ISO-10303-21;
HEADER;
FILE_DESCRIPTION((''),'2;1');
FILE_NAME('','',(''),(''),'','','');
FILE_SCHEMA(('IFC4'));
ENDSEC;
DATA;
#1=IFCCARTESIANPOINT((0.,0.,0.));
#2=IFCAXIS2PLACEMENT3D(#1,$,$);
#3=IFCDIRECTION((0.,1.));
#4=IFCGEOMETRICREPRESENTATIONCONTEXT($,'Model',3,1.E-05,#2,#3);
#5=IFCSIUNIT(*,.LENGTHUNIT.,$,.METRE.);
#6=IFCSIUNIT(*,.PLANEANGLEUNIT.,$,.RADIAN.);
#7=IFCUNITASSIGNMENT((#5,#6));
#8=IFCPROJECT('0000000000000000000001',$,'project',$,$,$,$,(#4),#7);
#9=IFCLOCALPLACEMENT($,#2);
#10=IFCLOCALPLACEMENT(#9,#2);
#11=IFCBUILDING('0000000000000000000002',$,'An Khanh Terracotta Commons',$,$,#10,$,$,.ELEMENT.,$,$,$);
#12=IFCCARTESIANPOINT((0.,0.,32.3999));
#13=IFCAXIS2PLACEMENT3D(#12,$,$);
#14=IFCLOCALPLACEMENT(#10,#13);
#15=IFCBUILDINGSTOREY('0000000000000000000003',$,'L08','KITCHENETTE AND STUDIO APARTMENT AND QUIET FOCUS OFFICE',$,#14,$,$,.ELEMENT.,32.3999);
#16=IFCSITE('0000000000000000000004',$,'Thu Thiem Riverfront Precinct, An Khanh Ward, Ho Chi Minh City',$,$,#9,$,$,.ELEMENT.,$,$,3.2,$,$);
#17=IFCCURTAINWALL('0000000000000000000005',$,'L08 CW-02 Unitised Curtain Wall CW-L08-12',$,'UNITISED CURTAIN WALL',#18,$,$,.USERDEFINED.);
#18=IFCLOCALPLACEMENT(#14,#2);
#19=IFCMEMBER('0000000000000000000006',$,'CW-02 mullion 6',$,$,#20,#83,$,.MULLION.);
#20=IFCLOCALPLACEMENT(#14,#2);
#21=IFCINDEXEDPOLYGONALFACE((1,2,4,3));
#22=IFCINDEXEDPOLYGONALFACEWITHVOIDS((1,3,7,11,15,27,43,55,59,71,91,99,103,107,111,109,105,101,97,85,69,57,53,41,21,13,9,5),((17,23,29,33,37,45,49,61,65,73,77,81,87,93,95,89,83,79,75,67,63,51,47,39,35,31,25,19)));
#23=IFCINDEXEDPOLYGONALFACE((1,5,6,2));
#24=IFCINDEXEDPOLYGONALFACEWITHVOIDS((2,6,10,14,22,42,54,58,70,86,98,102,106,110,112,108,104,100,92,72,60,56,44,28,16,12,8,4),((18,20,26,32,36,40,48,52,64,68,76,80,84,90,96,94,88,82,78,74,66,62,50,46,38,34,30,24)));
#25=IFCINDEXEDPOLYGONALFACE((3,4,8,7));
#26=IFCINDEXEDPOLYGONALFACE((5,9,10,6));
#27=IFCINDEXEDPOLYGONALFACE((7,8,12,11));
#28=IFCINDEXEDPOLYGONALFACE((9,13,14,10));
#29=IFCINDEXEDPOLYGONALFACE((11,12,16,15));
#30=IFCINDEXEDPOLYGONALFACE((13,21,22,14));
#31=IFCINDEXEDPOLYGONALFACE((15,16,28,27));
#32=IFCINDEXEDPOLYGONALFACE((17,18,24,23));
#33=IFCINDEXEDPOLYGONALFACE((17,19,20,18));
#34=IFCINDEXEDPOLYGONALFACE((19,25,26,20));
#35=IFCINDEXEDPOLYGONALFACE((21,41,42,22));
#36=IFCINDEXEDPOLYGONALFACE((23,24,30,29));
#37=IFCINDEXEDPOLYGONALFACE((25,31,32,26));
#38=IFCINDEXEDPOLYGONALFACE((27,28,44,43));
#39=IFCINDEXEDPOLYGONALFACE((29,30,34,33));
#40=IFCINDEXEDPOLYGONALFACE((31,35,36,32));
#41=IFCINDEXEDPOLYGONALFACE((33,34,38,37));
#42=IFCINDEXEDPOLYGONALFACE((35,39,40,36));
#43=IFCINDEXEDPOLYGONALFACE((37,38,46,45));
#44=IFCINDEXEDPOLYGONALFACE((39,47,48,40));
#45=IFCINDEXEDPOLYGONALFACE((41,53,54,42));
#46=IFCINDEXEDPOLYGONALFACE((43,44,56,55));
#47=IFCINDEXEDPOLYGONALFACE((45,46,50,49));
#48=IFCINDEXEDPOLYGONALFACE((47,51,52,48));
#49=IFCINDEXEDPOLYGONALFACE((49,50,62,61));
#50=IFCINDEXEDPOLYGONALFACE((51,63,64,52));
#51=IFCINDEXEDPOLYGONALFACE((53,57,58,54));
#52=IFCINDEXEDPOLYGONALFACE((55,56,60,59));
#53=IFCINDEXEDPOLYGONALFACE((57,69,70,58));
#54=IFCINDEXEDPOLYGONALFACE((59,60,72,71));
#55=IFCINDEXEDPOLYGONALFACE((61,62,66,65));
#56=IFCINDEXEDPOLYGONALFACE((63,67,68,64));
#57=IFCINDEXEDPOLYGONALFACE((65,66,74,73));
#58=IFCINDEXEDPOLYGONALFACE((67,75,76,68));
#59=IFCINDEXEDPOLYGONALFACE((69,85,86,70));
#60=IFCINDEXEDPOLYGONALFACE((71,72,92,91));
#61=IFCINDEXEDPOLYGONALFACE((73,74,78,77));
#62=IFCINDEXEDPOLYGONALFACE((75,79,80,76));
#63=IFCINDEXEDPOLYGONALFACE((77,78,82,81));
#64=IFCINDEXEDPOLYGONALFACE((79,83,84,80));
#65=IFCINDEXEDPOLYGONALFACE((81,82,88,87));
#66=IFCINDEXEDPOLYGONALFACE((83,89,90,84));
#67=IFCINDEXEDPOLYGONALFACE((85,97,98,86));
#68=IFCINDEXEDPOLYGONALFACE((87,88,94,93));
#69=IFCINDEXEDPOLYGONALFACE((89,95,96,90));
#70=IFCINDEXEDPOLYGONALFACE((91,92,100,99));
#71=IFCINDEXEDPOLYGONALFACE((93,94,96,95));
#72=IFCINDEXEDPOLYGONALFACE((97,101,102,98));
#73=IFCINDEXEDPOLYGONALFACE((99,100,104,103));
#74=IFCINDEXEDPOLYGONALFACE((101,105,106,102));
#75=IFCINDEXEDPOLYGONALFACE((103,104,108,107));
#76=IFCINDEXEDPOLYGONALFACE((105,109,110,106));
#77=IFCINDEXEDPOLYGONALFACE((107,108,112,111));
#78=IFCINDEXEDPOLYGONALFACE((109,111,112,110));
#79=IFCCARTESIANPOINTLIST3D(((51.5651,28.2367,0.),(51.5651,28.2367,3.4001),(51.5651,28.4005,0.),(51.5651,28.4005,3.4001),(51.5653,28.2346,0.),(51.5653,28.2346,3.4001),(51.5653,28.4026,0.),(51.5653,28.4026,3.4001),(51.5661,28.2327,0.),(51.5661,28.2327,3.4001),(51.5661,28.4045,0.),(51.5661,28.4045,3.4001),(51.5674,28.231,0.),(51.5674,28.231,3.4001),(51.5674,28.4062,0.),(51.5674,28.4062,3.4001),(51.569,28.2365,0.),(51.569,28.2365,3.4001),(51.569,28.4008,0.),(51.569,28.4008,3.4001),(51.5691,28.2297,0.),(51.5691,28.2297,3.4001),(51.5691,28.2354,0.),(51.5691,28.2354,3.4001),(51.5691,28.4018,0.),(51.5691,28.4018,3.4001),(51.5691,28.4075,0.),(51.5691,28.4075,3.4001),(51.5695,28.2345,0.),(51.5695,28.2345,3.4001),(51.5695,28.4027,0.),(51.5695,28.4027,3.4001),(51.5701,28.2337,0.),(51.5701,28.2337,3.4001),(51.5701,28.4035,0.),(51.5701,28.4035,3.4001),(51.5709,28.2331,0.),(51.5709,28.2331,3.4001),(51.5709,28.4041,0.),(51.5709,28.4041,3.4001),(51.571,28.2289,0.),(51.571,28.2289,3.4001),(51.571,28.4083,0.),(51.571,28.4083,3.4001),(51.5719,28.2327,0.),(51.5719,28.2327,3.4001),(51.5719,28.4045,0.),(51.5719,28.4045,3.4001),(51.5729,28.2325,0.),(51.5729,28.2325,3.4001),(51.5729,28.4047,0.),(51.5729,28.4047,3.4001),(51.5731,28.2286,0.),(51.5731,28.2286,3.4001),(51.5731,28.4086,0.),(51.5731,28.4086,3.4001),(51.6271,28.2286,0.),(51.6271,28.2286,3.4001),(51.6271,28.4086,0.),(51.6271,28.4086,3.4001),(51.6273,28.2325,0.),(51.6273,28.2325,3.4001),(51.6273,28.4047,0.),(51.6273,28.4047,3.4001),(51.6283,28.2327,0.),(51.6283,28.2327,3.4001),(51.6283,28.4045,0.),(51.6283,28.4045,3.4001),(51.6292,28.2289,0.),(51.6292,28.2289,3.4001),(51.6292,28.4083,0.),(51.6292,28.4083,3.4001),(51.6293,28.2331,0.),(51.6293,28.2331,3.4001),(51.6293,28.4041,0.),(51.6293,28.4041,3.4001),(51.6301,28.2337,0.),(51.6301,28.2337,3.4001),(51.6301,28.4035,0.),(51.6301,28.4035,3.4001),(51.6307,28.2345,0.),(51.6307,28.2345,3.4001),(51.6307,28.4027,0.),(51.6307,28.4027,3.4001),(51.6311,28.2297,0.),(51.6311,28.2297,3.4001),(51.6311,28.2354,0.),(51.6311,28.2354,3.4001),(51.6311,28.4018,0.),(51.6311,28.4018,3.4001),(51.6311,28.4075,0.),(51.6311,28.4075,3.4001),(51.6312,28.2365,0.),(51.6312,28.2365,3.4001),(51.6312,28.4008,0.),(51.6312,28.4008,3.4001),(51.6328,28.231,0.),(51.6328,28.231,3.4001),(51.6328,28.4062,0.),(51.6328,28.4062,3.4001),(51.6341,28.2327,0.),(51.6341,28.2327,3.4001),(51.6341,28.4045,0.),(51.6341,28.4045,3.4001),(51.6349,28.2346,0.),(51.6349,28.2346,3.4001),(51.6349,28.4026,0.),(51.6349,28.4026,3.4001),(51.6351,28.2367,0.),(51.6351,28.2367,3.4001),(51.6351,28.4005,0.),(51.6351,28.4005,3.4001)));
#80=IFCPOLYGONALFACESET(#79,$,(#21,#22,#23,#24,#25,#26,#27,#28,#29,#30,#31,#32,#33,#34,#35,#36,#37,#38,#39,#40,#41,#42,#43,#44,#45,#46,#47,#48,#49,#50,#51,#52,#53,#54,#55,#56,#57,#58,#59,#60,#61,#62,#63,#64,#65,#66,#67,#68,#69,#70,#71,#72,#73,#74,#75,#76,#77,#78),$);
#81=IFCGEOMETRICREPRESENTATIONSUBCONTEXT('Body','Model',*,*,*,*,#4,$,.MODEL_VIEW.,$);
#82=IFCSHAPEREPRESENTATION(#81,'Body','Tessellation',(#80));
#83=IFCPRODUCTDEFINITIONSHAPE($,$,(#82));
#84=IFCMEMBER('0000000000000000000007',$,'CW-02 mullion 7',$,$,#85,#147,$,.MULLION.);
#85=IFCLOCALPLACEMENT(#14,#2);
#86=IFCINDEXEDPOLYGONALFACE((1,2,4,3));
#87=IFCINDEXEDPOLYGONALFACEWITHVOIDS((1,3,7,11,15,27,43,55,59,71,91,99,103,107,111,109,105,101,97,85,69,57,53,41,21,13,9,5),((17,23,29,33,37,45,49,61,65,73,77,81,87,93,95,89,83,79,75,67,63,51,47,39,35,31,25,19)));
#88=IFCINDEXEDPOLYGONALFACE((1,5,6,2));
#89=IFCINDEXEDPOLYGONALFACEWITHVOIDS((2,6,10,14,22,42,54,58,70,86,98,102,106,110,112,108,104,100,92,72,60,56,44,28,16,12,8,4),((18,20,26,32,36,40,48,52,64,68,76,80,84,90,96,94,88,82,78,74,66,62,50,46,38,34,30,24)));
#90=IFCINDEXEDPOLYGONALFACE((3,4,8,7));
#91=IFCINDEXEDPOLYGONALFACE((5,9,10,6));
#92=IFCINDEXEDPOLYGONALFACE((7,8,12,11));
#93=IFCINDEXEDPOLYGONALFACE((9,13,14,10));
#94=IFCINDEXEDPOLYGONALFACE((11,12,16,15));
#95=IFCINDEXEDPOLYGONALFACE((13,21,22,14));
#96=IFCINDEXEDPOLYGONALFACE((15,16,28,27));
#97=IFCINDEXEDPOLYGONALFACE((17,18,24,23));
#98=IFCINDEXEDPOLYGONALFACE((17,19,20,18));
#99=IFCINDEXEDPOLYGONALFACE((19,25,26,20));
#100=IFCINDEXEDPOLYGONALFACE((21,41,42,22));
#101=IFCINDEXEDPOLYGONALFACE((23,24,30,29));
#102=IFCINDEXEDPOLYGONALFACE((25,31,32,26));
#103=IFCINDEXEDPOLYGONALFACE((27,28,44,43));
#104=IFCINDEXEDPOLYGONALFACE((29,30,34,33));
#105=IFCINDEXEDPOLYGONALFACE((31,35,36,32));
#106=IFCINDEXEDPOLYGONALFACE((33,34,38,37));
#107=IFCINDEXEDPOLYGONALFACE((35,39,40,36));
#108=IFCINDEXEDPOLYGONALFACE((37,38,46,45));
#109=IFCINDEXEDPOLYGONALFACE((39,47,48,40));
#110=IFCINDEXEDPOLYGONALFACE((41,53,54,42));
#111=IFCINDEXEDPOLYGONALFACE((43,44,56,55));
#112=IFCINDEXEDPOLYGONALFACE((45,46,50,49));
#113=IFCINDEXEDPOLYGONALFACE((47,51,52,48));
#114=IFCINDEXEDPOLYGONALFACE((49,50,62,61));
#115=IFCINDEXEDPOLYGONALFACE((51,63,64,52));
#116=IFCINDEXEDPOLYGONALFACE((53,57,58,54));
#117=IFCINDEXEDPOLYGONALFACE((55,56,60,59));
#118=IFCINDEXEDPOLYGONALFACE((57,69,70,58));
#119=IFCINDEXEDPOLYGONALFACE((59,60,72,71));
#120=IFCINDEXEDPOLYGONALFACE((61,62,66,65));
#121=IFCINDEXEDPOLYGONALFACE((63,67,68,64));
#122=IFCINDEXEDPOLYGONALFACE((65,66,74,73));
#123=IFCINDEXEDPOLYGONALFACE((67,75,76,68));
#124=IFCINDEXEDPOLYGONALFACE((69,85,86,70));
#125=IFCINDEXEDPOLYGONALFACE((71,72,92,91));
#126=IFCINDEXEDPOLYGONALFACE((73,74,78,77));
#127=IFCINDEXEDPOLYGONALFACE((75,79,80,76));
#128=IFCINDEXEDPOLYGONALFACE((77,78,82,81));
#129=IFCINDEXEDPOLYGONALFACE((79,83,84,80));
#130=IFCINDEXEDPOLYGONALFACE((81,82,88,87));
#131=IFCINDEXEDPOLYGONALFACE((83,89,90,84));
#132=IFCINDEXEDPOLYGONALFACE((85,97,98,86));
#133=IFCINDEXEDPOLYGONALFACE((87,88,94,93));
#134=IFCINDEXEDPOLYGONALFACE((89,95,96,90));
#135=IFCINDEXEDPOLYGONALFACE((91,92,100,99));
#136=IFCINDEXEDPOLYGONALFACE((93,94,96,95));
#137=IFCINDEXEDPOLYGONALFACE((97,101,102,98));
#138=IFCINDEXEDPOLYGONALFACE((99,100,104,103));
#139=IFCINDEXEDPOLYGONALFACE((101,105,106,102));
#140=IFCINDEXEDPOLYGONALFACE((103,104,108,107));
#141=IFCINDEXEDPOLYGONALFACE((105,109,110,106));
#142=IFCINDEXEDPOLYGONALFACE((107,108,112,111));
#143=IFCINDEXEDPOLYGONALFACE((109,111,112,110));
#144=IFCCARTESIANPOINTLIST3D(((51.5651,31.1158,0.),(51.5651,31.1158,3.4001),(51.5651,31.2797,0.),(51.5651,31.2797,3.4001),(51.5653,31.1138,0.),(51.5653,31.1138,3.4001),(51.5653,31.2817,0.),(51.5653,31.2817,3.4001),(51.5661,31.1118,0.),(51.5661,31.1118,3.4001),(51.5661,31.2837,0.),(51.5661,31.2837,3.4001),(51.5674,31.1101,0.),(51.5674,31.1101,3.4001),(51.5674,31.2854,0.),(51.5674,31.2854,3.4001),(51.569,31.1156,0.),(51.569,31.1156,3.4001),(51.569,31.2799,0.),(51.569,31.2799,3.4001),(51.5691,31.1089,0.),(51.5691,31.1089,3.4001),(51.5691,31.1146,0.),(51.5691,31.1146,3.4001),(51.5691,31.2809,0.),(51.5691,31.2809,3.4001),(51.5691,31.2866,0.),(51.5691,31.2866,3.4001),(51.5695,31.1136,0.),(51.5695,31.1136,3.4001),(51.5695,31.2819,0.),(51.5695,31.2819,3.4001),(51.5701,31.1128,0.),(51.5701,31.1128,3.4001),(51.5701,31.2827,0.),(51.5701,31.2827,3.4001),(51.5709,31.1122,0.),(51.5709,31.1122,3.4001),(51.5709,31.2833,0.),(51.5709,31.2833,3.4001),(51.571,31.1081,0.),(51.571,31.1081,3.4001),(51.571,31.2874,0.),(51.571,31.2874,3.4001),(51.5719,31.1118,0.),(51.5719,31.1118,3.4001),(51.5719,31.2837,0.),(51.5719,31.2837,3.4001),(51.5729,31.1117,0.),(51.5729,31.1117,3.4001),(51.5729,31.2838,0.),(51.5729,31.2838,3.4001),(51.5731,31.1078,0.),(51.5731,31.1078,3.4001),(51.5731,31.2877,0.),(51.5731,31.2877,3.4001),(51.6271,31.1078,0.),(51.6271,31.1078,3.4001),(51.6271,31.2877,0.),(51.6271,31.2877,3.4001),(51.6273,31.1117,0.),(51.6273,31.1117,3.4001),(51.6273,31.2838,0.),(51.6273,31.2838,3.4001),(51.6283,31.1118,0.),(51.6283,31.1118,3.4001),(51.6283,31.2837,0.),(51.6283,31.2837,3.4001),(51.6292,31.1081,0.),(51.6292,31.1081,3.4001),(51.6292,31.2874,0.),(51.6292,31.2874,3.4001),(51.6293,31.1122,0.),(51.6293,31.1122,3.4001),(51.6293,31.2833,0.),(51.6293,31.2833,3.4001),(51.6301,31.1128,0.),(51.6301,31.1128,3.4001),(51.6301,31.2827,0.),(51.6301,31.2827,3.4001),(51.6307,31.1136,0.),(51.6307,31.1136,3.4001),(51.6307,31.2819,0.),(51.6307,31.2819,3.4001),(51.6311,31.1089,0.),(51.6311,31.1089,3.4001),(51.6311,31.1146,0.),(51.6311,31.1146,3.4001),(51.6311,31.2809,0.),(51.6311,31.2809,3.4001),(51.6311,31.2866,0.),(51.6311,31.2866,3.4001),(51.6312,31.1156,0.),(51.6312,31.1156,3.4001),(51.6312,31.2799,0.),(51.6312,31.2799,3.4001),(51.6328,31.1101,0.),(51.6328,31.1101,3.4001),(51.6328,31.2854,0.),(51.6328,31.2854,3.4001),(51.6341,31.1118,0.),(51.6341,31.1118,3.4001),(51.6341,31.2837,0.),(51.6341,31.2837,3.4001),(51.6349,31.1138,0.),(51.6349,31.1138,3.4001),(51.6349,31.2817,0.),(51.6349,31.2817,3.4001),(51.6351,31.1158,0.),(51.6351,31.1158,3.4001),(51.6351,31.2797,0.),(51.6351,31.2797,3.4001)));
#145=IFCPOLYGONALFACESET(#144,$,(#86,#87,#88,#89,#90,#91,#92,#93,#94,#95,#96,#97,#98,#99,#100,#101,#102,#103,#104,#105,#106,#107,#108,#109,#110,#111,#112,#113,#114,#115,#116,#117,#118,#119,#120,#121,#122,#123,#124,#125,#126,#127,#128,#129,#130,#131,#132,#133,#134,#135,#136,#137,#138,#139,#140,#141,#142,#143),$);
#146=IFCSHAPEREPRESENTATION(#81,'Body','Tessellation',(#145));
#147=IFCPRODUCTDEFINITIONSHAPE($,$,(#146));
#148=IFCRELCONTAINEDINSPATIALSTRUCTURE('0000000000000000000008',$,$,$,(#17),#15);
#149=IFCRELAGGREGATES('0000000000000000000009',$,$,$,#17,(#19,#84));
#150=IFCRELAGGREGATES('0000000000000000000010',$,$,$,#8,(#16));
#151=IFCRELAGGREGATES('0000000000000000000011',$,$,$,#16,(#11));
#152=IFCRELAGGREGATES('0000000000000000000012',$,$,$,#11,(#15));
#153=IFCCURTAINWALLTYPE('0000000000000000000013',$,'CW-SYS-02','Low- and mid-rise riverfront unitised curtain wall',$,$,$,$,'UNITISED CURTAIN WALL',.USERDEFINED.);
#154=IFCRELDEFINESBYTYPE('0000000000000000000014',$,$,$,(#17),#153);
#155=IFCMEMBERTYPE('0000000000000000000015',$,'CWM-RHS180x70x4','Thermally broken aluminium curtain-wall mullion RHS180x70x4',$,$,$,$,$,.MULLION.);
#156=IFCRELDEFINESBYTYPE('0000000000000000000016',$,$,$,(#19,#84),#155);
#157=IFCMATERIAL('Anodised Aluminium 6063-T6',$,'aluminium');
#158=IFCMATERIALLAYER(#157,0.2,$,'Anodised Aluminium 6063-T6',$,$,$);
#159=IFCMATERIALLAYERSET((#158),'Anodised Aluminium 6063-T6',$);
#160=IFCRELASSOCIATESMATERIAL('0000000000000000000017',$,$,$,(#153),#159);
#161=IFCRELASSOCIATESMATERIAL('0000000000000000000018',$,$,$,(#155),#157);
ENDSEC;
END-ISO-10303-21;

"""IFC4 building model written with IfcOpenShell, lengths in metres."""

from ifc_helpers import new_model, si_unit, direction, frame, origin, origin_2d, place, context, subcontext, project, spatial, hollow_rectangle, extrude, material, layer, layer_set, material_profile, profile_set, type_object, element, aggregate, save


model = new_model("IFC4")

# Units and contexts
model_context = context("Model", 3, precision=1e-05, world=origin(), true_north=direction((0.0, 1.0)))
body_context = subcontext(model_context, "Body", "Model", "MODEL_VIEW")
ifc_project = project(units=[si_unit("LENGTHUNIT", "METRE"), si_unit("PLANEANGLEUNIT", "RADIAN")], contexts=[model_context])

# Site, building, storey
site_placement = place(None, origin())
site = spatial("IfcSite", under=ifc_project, at=site_placement, Name="Thu Thiem Riverfront Precinct, An Khanh Ward, Ho Chi Minh City", CompositionType="ELEMENT", RefElevation=3.2)
building_placement = place(site_placement, origin())
building = spatial("IfcBuilding", under=site, at=building_placement, Name="An Khanh Terracotta Commons", CompositionType="ELEMENT")
storey_placement = place(building_placement, frame((0.0, 0.0, 32.3999)))
storey = spatial("IfcBuildingStorey", under=building, at=storey_placement, Name="L08", Description="KITCHENETTE AND STUDIO APARTMENT AND QUIET FOCUS OFFICE", CompositionType="ELEMENT", Elevation=32.3999)

# Curtain wall, members
ifc_material_1 = material(Name="Anodised Aluminium 6063-T6", Category="aluminium")
ifc_layer_1 = layer(ifc_material_1, 0.2, Name="Anodised Aluminium 6063-T6")
ifc_layer_set_1 = layer_set([ifc_layer_1], Name="Anodised Aluminium 6063-T6")
curtain_wall_type = type_object("IfcCurtainWallType", Name="CW-SYS-02", Description="Low- and mid-rise riverfront unitised curtain wall", ElementType="UNITISED CURTAIN WALL", PredefinedType="USERDEFINED", material=ifc_layer_set_1)
curtain_wall_placement = place(storey_placement, origin())
curtain_wall = element("IfcCurtainWall", 1, at=curtain_wall_placement, inside=storey, type_object=curtain_wall_type, Name="L08 CW-02 Unitised Curtain Wall CW-L08-12", ObjectType="UNITISED CURTAIN WALL", PredefinedType="USERDEFINED")
ifc_material_profile_1 = material_profile(ifc_material_1, hollow_rectangle(XDim=0.0701, YDim=0.1799, WallThickness=0.0039, InnerFilletRadius=0.0039, OuterFilletRadius=0.0081, at=origin_2d()), Name="RHS180x70x4")
ifc_profile_set_1 = profile_set([ifc_material_profile_1], Name="Anodised Aluminium 6063-T6")
member_type_1 = type_object("IfcMemberType", Name="CWM-RHS180x70x4", Description="Thermally broken aluminium curtain-wall mullion RHS180x70x4", PredefinedType="MULLION", material=ifc_profile_set_1)
member_1_placement = place(storey_placement, frame((51.6001, 28.3186, 0.0), z_axis=(0.0, 0.0, 1.0), x_axis=(-1.0, 0.0, 0.0)))
member_1 = element("IfcMember", 2, at=member_1_placement, type_object=member_type_1, Name="CW-02 mullion 6", PredefinedType="MULLION", context=body_context, shape_type="SweptSolid", body=[
    extrude(hollow_rectangle(XDim=0.0701, YDim=0.1799, WallThickness=0.0039, InnerFilletRadius=0.0039, OuterFilletRadius=0.0081, at=origin_2d()), origin(), (0.0, 0.0, 1.0), 3.4001),
])
member_2_placement = place(storey_placement, frame((51.6001, 31.1978, 0.0), z_axis=(0.0, 0.0, 1.0), x_axis=(-1.0, 0.0, 0.0)))
member_2 = element("IfcMember", 3, at=member_2_placement, type_object=member_type_1, Name="CW-02 mullion 7", PredefinedType="MULLION", context=body_context, shape_type="SweptSolid", body=[
    extrude(hollow_rectangle(XDim=0.0701, YDim=0.1799, WallThickness=0.0039, InnerFilletRadius=0.0039, OuterFilletRadius=0.0081, at=origin_2d()), origin(), (0.0, 0.0, 1.0), 3.4001),
])
aggregate(curtain_wall, [member_1, member_2])

save(model, "model.ifc")
